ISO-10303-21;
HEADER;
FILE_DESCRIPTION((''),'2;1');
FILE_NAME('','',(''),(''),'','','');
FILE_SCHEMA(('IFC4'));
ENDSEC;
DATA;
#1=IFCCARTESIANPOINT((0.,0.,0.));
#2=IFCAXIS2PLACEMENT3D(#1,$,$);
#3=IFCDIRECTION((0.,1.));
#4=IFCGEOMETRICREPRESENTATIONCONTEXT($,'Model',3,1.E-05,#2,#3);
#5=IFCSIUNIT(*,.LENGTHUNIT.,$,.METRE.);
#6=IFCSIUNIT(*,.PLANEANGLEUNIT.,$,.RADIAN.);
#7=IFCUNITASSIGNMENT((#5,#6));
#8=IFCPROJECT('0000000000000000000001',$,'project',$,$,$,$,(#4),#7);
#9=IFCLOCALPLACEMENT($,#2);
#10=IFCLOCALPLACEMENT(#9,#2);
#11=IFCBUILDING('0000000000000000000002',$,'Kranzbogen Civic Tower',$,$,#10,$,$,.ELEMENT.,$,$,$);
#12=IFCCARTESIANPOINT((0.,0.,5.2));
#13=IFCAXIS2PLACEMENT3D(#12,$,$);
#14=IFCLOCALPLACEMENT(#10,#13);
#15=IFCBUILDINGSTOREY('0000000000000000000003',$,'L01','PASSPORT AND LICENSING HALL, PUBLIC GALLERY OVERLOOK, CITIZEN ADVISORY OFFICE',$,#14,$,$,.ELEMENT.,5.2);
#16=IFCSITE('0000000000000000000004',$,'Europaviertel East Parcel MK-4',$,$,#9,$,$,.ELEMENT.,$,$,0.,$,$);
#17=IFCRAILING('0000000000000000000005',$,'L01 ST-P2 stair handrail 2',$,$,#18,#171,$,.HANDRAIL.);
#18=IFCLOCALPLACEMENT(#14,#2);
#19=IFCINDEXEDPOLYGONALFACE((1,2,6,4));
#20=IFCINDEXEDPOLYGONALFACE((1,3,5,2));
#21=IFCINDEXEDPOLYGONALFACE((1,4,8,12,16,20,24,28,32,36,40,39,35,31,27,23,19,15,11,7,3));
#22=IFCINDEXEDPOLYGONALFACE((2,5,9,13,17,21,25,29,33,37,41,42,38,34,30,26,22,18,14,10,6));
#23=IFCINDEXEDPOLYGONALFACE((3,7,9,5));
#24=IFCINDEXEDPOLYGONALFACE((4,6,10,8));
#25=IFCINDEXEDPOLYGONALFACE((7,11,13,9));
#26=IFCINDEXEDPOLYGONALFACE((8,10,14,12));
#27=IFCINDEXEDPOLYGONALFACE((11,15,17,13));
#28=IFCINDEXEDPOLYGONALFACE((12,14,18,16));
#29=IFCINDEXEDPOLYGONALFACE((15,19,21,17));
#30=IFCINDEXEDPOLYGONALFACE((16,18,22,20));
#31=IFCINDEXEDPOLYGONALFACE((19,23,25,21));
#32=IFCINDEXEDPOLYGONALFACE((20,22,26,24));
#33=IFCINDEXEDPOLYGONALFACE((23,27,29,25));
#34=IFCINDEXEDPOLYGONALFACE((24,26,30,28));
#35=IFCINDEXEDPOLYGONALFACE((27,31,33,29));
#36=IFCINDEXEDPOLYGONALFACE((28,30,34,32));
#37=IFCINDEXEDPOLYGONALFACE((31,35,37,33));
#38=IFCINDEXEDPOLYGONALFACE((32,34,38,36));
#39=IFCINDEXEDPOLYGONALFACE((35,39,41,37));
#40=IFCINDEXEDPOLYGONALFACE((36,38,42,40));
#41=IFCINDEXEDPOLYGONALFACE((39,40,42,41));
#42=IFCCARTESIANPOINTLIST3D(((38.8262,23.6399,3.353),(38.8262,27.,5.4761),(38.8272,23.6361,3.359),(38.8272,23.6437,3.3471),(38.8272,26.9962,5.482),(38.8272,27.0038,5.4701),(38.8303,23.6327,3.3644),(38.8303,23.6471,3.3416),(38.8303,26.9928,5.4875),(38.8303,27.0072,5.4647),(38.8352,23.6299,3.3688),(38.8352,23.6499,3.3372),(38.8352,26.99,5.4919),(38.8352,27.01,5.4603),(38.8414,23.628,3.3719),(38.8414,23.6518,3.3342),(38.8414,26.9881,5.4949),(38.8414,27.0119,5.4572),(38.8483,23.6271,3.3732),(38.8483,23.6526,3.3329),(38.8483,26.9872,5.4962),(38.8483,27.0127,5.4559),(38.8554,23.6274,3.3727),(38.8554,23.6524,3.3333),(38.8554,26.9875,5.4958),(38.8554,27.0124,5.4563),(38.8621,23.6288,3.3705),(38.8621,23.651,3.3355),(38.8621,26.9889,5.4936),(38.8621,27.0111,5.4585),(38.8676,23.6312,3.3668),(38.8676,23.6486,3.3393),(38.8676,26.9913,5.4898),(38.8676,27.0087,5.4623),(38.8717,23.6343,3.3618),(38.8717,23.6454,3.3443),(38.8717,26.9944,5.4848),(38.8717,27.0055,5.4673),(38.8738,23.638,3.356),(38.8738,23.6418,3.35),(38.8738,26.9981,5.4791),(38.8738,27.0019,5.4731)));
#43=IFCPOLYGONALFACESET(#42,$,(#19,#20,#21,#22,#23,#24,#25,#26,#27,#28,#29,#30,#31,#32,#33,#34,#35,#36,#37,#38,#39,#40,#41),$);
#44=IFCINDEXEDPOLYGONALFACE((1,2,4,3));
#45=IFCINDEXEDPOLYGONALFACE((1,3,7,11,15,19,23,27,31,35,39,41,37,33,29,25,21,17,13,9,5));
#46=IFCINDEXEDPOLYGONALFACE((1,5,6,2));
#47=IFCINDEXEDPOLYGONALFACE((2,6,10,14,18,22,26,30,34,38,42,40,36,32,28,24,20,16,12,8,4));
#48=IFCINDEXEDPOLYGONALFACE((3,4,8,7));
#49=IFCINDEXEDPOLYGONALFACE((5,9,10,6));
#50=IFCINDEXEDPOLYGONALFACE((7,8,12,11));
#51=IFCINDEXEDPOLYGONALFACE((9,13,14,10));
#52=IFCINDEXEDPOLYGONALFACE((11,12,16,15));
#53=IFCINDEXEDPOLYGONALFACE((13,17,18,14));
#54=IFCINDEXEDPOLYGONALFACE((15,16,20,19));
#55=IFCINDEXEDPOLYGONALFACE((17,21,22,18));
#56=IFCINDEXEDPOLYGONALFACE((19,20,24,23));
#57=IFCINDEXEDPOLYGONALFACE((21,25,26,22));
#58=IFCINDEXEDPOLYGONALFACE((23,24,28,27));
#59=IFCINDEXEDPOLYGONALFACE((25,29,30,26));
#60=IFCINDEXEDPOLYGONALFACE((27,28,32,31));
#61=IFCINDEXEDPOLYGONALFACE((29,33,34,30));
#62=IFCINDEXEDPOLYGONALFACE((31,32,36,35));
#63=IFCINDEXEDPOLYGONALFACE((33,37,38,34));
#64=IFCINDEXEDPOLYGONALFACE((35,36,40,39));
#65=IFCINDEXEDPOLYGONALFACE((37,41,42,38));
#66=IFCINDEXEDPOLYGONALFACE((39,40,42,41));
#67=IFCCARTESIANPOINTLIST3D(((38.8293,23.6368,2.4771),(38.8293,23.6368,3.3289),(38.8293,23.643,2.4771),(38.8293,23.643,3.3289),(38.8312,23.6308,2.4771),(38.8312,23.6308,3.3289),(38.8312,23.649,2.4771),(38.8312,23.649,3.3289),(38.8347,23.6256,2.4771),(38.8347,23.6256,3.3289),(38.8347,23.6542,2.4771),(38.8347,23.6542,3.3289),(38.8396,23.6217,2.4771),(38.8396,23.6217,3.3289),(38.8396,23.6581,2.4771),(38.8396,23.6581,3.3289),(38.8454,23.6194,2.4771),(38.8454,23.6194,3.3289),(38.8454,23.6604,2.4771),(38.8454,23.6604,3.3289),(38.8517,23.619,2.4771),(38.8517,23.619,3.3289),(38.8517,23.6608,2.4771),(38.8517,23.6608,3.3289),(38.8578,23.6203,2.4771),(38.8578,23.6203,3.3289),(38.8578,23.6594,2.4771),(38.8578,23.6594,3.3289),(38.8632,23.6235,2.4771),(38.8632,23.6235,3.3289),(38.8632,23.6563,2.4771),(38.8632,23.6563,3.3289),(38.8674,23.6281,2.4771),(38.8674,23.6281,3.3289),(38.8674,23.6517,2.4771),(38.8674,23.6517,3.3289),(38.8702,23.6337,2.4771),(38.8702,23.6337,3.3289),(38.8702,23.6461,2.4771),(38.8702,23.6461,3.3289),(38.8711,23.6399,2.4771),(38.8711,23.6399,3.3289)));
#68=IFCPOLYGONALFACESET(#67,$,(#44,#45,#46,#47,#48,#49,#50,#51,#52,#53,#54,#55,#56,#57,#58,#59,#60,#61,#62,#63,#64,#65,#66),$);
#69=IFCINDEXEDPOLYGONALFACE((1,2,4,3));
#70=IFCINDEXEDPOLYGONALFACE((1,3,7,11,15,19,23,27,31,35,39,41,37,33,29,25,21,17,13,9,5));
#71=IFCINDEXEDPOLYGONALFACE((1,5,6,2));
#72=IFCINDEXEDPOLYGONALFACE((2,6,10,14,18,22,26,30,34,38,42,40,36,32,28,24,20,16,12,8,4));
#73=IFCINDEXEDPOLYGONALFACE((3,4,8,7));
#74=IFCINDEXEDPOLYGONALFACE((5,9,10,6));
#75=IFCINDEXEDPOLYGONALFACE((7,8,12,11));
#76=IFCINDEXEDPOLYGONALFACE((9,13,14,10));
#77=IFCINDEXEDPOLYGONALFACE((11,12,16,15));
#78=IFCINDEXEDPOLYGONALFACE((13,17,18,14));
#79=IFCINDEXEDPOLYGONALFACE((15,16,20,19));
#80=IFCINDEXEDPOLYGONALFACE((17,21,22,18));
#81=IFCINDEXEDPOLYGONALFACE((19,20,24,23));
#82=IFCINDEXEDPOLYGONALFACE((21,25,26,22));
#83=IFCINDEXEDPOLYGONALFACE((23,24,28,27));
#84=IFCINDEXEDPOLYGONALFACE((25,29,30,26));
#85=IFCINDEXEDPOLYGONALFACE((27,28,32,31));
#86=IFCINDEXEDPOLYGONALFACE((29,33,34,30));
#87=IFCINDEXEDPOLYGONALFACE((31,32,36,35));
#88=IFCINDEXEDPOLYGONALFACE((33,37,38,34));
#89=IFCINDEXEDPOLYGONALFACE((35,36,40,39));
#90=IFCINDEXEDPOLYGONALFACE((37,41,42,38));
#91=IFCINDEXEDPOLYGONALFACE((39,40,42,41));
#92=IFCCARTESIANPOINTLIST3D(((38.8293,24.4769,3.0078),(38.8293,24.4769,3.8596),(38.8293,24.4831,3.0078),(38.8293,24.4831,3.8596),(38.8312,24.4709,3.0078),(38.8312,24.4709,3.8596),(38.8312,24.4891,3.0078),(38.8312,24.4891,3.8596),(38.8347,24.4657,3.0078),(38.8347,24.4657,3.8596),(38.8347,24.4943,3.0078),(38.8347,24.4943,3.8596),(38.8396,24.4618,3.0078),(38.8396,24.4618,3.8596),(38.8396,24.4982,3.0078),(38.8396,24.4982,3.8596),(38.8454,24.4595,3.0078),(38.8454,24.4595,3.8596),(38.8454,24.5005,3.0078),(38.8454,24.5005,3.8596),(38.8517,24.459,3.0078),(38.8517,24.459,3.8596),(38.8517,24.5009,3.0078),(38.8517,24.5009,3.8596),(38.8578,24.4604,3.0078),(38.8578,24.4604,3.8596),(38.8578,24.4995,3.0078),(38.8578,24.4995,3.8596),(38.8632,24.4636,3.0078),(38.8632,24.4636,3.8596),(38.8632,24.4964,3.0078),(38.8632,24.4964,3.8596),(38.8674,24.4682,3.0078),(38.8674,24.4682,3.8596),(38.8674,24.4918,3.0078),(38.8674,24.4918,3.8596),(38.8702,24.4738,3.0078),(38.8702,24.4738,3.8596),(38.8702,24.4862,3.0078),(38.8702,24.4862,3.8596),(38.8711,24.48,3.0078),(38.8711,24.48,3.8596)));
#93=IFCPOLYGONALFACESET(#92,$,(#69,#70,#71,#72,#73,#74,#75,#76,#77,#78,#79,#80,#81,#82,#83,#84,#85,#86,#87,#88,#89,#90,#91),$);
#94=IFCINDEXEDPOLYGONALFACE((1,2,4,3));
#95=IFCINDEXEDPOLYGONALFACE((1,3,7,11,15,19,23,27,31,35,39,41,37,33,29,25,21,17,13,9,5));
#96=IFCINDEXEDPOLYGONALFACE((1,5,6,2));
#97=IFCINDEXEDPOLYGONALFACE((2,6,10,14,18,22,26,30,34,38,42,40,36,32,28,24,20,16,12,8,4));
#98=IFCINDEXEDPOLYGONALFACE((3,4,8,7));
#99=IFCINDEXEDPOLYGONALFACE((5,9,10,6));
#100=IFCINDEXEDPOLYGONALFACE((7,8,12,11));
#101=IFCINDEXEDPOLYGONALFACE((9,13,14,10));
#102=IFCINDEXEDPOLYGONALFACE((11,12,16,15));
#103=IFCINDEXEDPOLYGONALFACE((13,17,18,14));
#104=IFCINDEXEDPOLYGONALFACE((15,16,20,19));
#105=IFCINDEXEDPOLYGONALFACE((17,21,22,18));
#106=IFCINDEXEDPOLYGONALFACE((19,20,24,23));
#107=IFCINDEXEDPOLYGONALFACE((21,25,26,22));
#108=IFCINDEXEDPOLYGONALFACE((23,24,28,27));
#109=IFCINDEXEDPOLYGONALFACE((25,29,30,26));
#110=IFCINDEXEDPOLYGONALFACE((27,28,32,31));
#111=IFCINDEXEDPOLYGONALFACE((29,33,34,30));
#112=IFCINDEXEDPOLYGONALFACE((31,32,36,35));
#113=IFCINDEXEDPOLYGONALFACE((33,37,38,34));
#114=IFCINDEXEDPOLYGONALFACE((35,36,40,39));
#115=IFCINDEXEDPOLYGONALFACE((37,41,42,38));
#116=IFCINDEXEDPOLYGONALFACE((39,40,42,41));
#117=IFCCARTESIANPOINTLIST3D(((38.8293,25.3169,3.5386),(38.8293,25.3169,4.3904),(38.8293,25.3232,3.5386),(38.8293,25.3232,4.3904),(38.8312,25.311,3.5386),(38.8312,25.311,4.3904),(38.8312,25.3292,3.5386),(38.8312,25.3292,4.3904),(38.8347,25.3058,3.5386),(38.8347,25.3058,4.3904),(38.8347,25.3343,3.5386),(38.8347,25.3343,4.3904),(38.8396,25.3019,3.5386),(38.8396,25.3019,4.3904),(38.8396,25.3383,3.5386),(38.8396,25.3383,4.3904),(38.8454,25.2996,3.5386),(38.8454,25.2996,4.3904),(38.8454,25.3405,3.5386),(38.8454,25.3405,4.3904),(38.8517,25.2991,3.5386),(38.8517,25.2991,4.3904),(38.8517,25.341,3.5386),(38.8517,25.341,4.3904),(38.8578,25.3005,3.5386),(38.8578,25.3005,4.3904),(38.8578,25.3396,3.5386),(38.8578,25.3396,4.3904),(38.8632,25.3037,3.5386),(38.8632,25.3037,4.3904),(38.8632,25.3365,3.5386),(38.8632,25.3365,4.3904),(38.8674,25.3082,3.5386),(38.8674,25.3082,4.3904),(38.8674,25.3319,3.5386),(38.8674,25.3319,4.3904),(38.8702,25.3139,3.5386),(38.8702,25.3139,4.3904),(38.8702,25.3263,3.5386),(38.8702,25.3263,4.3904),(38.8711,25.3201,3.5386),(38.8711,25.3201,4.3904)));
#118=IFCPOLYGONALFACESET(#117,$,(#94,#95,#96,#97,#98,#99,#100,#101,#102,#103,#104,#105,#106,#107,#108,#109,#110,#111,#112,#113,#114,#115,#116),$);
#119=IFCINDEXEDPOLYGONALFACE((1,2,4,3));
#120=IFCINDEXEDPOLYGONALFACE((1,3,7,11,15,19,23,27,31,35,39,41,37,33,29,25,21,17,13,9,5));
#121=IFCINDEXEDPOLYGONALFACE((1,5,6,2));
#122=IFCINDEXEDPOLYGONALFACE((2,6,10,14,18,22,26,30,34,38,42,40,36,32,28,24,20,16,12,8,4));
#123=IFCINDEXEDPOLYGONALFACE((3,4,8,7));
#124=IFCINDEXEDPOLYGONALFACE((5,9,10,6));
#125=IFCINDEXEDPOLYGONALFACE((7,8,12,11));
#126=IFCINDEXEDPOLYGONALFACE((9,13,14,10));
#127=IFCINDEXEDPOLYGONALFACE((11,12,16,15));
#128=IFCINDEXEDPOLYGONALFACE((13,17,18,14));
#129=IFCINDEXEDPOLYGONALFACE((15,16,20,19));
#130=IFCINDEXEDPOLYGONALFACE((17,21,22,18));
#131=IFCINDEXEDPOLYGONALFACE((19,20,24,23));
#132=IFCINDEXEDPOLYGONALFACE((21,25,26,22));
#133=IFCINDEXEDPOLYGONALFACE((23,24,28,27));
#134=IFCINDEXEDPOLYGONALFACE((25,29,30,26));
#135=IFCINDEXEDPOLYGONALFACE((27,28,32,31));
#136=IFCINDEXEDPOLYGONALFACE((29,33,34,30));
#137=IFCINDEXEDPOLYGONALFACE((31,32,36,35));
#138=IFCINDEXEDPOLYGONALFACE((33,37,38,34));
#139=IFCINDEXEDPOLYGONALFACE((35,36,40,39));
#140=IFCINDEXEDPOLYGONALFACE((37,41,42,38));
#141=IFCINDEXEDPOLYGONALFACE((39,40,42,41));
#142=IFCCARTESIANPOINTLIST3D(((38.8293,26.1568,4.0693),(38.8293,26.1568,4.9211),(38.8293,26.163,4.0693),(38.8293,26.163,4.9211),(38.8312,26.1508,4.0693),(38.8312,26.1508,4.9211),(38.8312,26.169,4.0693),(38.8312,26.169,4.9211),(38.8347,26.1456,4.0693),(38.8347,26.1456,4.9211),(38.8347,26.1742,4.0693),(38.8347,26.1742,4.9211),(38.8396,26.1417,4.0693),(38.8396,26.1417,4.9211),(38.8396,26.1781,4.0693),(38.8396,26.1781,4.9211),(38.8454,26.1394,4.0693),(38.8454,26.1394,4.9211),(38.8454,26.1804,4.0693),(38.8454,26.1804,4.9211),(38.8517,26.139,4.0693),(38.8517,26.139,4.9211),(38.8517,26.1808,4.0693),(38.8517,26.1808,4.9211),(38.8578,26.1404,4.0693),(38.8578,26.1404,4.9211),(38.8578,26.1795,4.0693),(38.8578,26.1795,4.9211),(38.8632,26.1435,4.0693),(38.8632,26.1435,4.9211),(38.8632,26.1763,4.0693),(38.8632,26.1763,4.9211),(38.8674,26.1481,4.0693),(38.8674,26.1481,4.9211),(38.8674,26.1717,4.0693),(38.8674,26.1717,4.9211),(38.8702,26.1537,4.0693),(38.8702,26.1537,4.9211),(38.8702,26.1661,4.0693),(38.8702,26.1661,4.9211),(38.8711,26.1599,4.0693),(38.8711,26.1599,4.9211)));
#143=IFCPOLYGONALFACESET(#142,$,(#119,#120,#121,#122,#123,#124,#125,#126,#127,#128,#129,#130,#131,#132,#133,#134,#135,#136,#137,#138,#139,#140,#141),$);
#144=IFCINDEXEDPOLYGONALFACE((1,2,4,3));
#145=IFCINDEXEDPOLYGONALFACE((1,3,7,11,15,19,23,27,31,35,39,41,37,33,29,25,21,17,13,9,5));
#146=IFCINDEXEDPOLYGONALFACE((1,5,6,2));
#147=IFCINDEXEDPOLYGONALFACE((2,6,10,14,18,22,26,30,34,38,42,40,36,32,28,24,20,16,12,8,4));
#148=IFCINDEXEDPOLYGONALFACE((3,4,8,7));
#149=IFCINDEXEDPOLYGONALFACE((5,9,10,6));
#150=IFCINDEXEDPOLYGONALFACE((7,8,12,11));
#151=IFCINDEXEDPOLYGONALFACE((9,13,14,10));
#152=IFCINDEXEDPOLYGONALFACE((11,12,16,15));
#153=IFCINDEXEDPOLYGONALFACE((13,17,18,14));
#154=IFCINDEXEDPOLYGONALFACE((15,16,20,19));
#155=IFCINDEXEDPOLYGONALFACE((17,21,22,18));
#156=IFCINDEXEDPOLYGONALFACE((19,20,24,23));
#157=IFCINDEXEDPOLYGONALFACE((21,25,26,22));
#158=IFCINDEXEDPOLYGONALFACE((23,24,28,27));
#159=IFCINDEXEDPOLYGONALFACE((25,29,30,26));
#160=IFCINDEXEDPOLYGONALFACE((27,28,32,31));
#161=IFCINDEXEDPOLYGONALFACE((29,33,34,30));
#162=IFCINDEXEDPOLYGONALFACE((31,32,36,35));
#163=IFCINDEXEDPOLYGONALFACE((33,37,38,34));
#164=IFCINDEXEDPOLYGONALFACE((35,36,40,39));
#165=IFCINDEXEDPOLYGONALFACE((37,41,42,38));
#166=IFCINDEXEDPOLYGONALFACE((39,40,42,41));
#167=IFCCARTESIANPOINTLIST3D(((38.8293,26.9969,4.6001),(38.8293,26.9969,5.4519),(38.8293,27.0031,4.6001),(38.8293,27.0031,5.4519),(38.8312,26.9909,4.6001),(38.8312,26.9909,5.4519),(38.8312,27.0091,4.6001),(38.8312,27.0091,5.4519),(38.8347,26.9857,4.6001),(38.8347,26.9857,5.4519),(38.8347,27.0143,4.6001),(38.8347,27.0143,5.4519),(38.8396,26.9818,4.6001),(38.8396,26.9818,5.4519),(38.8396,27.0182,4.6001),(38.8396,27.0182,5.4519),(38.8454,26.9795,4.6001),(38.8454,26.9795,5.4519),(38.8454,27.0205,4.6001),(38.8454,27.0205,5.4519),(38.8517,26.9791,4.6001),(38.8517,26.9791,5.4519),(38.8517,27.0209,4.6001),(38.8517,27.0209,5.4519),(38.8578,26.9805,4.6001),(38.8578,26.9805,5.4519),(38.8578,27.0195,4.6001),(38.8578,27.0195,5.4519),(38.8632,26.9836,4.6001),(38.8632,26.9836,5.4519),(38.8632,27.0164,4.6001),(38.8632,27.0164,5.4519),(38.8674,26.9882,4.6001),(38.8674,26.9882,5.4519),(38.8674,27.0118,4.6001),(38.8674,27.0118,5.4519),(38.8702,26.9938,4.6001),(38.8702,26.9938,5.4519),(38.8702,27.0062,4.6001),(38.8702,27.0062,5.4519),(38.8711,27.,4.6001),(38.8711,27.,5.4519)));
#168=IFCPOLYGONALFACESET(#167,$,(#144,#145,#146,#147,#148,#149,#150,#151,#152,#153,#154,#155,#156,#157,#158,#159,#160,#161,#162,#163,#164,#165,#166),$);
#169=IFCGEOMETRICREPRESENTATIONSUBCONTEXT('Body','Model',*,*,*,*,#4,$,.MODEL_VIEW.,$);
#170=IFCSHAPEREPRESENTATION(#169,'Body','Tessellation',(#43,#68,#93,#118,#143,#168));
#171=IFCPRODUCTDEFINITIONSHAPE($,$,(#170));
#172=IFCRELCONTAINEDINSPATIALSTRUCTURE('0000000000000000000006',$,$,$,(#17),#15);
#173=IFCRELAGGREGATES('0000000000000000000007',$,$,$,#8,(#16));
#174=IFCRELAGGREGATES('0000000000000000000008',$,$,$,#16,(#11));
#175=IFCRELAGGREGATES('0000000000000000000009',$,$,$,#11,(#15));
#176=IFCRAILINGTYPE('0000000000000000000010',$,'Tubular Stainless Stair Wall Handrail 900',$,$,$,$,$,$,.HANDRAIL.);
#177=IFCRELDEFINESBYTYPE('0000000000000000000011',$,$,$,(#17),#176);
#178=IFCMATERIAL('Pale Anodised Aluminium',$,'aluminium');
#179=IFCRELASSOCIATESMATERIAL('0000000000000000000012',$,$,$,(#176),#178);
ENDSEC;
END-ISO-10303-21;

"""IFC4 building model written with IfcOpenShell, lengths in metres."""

from ifc_helpers import new_model, si_unit, direction, frame, origin, origin_2d, place, context, subcontext, project, spatial, circle, extrude, material, type_object, element, save


model = new_model("IFC4")

# Units and contexts
model_context = context("Model", 3, precision=1e-05, world=origin(), true_north=direction((0.0, 1.0)))
body_context = subcontext(model_context, "Body", "Model", "MODEL_VIEW")
ifc_project = project(units=[si_unit("LENGTHUNIT", "METRE"), si_unit("PLANEANGLEUNIT", "RADIAN")], contexts=[model_context])

# Site, building, storey
site_placement = place(None, origin())
site = spatial("IfcSite", under=ifc_project, at=site_placement, Name="Europaviertel East Parcel MK-4", CompositionType="ELEMENT", RefElevation=0.0)
building_placement = place(site_placement, origin())
building = spatial("IfcBuilding", under=site, at=building_placement, Name="Kranzbogen Civic Tower", CompositionType="ELEMENT")
storey_placement = place(building_placement, frame((0.0, 0.0, 5.2)))
storey = spatial("IfcBuildingStorey", under=building, at=storey_placement, Name="L01", Description="PASSPORT AND LICENSING HALL, PUBLIC GALLERY OVERLOOK, CITIZEN ADVISORY OFFICE", CompositionType="ELEMENT", Elevation=5.2)

# Shared definitions
ifc_material_1 = material(Name="Pale Anodised Aluminium", Category="aluminium")

# Railing
railing_type_1 = type_object("IfcRailingType", Name="Tubular Stainless Stair Wall Handrail 900", PredefinedType="HANDRAIL", material=ifc_material_1)
railing_1_placement = place(storey_placement, frame((38.8501, 23.6399, 2.4771)))
element("IfcRailing", 1, at=railing_1_placement, inside=storey, type_object=railing_type_1, Name="L01 ST-P2 stair handrail 2", PredefinedType="HANDRAIL", context=body_context, shape_type="SweptSolid", body=[
    extrude(circle(Radius=0.0239, at=origin_2d()), frame((0.0, 0.0, 0.876), z_axis=(0.0, 0.84539, 0.53415), x_axis=(-1.0, 0.0, 0.0)), (0.0, 0.0, 1.0), 3.9746),
    extrude(circle(Radius=0.021, at=origin_2d()), origin(), (0.0, 0.0, 1.0), 0.8518),
    extrude(circle(Radius=0.021, at=origin_2d()), frame((0.0, 0.8401, 0.5308)), (0.0, 0.0, 1.0), 0.8518),
    extrude(circle(Radius=0.021, at=origin_2d()), frame((0.0, 1.6802, 1.0615)), (0.0, 0.0, 1.0), 0.8518),
    extrude(circle(Radius=0.021, at=origin_2d()), frame((0.0, 2.52, 1.5923)), (0.0, 0.0, 1.0), 0.8518),
    extrude(circle(Radius=0.021, at=origin_2d()), frame((0.0, 3.3601, 2.123)), (0.0, 0.0, 1.0), 0.8518),
])

save(model, "model.ifc")
